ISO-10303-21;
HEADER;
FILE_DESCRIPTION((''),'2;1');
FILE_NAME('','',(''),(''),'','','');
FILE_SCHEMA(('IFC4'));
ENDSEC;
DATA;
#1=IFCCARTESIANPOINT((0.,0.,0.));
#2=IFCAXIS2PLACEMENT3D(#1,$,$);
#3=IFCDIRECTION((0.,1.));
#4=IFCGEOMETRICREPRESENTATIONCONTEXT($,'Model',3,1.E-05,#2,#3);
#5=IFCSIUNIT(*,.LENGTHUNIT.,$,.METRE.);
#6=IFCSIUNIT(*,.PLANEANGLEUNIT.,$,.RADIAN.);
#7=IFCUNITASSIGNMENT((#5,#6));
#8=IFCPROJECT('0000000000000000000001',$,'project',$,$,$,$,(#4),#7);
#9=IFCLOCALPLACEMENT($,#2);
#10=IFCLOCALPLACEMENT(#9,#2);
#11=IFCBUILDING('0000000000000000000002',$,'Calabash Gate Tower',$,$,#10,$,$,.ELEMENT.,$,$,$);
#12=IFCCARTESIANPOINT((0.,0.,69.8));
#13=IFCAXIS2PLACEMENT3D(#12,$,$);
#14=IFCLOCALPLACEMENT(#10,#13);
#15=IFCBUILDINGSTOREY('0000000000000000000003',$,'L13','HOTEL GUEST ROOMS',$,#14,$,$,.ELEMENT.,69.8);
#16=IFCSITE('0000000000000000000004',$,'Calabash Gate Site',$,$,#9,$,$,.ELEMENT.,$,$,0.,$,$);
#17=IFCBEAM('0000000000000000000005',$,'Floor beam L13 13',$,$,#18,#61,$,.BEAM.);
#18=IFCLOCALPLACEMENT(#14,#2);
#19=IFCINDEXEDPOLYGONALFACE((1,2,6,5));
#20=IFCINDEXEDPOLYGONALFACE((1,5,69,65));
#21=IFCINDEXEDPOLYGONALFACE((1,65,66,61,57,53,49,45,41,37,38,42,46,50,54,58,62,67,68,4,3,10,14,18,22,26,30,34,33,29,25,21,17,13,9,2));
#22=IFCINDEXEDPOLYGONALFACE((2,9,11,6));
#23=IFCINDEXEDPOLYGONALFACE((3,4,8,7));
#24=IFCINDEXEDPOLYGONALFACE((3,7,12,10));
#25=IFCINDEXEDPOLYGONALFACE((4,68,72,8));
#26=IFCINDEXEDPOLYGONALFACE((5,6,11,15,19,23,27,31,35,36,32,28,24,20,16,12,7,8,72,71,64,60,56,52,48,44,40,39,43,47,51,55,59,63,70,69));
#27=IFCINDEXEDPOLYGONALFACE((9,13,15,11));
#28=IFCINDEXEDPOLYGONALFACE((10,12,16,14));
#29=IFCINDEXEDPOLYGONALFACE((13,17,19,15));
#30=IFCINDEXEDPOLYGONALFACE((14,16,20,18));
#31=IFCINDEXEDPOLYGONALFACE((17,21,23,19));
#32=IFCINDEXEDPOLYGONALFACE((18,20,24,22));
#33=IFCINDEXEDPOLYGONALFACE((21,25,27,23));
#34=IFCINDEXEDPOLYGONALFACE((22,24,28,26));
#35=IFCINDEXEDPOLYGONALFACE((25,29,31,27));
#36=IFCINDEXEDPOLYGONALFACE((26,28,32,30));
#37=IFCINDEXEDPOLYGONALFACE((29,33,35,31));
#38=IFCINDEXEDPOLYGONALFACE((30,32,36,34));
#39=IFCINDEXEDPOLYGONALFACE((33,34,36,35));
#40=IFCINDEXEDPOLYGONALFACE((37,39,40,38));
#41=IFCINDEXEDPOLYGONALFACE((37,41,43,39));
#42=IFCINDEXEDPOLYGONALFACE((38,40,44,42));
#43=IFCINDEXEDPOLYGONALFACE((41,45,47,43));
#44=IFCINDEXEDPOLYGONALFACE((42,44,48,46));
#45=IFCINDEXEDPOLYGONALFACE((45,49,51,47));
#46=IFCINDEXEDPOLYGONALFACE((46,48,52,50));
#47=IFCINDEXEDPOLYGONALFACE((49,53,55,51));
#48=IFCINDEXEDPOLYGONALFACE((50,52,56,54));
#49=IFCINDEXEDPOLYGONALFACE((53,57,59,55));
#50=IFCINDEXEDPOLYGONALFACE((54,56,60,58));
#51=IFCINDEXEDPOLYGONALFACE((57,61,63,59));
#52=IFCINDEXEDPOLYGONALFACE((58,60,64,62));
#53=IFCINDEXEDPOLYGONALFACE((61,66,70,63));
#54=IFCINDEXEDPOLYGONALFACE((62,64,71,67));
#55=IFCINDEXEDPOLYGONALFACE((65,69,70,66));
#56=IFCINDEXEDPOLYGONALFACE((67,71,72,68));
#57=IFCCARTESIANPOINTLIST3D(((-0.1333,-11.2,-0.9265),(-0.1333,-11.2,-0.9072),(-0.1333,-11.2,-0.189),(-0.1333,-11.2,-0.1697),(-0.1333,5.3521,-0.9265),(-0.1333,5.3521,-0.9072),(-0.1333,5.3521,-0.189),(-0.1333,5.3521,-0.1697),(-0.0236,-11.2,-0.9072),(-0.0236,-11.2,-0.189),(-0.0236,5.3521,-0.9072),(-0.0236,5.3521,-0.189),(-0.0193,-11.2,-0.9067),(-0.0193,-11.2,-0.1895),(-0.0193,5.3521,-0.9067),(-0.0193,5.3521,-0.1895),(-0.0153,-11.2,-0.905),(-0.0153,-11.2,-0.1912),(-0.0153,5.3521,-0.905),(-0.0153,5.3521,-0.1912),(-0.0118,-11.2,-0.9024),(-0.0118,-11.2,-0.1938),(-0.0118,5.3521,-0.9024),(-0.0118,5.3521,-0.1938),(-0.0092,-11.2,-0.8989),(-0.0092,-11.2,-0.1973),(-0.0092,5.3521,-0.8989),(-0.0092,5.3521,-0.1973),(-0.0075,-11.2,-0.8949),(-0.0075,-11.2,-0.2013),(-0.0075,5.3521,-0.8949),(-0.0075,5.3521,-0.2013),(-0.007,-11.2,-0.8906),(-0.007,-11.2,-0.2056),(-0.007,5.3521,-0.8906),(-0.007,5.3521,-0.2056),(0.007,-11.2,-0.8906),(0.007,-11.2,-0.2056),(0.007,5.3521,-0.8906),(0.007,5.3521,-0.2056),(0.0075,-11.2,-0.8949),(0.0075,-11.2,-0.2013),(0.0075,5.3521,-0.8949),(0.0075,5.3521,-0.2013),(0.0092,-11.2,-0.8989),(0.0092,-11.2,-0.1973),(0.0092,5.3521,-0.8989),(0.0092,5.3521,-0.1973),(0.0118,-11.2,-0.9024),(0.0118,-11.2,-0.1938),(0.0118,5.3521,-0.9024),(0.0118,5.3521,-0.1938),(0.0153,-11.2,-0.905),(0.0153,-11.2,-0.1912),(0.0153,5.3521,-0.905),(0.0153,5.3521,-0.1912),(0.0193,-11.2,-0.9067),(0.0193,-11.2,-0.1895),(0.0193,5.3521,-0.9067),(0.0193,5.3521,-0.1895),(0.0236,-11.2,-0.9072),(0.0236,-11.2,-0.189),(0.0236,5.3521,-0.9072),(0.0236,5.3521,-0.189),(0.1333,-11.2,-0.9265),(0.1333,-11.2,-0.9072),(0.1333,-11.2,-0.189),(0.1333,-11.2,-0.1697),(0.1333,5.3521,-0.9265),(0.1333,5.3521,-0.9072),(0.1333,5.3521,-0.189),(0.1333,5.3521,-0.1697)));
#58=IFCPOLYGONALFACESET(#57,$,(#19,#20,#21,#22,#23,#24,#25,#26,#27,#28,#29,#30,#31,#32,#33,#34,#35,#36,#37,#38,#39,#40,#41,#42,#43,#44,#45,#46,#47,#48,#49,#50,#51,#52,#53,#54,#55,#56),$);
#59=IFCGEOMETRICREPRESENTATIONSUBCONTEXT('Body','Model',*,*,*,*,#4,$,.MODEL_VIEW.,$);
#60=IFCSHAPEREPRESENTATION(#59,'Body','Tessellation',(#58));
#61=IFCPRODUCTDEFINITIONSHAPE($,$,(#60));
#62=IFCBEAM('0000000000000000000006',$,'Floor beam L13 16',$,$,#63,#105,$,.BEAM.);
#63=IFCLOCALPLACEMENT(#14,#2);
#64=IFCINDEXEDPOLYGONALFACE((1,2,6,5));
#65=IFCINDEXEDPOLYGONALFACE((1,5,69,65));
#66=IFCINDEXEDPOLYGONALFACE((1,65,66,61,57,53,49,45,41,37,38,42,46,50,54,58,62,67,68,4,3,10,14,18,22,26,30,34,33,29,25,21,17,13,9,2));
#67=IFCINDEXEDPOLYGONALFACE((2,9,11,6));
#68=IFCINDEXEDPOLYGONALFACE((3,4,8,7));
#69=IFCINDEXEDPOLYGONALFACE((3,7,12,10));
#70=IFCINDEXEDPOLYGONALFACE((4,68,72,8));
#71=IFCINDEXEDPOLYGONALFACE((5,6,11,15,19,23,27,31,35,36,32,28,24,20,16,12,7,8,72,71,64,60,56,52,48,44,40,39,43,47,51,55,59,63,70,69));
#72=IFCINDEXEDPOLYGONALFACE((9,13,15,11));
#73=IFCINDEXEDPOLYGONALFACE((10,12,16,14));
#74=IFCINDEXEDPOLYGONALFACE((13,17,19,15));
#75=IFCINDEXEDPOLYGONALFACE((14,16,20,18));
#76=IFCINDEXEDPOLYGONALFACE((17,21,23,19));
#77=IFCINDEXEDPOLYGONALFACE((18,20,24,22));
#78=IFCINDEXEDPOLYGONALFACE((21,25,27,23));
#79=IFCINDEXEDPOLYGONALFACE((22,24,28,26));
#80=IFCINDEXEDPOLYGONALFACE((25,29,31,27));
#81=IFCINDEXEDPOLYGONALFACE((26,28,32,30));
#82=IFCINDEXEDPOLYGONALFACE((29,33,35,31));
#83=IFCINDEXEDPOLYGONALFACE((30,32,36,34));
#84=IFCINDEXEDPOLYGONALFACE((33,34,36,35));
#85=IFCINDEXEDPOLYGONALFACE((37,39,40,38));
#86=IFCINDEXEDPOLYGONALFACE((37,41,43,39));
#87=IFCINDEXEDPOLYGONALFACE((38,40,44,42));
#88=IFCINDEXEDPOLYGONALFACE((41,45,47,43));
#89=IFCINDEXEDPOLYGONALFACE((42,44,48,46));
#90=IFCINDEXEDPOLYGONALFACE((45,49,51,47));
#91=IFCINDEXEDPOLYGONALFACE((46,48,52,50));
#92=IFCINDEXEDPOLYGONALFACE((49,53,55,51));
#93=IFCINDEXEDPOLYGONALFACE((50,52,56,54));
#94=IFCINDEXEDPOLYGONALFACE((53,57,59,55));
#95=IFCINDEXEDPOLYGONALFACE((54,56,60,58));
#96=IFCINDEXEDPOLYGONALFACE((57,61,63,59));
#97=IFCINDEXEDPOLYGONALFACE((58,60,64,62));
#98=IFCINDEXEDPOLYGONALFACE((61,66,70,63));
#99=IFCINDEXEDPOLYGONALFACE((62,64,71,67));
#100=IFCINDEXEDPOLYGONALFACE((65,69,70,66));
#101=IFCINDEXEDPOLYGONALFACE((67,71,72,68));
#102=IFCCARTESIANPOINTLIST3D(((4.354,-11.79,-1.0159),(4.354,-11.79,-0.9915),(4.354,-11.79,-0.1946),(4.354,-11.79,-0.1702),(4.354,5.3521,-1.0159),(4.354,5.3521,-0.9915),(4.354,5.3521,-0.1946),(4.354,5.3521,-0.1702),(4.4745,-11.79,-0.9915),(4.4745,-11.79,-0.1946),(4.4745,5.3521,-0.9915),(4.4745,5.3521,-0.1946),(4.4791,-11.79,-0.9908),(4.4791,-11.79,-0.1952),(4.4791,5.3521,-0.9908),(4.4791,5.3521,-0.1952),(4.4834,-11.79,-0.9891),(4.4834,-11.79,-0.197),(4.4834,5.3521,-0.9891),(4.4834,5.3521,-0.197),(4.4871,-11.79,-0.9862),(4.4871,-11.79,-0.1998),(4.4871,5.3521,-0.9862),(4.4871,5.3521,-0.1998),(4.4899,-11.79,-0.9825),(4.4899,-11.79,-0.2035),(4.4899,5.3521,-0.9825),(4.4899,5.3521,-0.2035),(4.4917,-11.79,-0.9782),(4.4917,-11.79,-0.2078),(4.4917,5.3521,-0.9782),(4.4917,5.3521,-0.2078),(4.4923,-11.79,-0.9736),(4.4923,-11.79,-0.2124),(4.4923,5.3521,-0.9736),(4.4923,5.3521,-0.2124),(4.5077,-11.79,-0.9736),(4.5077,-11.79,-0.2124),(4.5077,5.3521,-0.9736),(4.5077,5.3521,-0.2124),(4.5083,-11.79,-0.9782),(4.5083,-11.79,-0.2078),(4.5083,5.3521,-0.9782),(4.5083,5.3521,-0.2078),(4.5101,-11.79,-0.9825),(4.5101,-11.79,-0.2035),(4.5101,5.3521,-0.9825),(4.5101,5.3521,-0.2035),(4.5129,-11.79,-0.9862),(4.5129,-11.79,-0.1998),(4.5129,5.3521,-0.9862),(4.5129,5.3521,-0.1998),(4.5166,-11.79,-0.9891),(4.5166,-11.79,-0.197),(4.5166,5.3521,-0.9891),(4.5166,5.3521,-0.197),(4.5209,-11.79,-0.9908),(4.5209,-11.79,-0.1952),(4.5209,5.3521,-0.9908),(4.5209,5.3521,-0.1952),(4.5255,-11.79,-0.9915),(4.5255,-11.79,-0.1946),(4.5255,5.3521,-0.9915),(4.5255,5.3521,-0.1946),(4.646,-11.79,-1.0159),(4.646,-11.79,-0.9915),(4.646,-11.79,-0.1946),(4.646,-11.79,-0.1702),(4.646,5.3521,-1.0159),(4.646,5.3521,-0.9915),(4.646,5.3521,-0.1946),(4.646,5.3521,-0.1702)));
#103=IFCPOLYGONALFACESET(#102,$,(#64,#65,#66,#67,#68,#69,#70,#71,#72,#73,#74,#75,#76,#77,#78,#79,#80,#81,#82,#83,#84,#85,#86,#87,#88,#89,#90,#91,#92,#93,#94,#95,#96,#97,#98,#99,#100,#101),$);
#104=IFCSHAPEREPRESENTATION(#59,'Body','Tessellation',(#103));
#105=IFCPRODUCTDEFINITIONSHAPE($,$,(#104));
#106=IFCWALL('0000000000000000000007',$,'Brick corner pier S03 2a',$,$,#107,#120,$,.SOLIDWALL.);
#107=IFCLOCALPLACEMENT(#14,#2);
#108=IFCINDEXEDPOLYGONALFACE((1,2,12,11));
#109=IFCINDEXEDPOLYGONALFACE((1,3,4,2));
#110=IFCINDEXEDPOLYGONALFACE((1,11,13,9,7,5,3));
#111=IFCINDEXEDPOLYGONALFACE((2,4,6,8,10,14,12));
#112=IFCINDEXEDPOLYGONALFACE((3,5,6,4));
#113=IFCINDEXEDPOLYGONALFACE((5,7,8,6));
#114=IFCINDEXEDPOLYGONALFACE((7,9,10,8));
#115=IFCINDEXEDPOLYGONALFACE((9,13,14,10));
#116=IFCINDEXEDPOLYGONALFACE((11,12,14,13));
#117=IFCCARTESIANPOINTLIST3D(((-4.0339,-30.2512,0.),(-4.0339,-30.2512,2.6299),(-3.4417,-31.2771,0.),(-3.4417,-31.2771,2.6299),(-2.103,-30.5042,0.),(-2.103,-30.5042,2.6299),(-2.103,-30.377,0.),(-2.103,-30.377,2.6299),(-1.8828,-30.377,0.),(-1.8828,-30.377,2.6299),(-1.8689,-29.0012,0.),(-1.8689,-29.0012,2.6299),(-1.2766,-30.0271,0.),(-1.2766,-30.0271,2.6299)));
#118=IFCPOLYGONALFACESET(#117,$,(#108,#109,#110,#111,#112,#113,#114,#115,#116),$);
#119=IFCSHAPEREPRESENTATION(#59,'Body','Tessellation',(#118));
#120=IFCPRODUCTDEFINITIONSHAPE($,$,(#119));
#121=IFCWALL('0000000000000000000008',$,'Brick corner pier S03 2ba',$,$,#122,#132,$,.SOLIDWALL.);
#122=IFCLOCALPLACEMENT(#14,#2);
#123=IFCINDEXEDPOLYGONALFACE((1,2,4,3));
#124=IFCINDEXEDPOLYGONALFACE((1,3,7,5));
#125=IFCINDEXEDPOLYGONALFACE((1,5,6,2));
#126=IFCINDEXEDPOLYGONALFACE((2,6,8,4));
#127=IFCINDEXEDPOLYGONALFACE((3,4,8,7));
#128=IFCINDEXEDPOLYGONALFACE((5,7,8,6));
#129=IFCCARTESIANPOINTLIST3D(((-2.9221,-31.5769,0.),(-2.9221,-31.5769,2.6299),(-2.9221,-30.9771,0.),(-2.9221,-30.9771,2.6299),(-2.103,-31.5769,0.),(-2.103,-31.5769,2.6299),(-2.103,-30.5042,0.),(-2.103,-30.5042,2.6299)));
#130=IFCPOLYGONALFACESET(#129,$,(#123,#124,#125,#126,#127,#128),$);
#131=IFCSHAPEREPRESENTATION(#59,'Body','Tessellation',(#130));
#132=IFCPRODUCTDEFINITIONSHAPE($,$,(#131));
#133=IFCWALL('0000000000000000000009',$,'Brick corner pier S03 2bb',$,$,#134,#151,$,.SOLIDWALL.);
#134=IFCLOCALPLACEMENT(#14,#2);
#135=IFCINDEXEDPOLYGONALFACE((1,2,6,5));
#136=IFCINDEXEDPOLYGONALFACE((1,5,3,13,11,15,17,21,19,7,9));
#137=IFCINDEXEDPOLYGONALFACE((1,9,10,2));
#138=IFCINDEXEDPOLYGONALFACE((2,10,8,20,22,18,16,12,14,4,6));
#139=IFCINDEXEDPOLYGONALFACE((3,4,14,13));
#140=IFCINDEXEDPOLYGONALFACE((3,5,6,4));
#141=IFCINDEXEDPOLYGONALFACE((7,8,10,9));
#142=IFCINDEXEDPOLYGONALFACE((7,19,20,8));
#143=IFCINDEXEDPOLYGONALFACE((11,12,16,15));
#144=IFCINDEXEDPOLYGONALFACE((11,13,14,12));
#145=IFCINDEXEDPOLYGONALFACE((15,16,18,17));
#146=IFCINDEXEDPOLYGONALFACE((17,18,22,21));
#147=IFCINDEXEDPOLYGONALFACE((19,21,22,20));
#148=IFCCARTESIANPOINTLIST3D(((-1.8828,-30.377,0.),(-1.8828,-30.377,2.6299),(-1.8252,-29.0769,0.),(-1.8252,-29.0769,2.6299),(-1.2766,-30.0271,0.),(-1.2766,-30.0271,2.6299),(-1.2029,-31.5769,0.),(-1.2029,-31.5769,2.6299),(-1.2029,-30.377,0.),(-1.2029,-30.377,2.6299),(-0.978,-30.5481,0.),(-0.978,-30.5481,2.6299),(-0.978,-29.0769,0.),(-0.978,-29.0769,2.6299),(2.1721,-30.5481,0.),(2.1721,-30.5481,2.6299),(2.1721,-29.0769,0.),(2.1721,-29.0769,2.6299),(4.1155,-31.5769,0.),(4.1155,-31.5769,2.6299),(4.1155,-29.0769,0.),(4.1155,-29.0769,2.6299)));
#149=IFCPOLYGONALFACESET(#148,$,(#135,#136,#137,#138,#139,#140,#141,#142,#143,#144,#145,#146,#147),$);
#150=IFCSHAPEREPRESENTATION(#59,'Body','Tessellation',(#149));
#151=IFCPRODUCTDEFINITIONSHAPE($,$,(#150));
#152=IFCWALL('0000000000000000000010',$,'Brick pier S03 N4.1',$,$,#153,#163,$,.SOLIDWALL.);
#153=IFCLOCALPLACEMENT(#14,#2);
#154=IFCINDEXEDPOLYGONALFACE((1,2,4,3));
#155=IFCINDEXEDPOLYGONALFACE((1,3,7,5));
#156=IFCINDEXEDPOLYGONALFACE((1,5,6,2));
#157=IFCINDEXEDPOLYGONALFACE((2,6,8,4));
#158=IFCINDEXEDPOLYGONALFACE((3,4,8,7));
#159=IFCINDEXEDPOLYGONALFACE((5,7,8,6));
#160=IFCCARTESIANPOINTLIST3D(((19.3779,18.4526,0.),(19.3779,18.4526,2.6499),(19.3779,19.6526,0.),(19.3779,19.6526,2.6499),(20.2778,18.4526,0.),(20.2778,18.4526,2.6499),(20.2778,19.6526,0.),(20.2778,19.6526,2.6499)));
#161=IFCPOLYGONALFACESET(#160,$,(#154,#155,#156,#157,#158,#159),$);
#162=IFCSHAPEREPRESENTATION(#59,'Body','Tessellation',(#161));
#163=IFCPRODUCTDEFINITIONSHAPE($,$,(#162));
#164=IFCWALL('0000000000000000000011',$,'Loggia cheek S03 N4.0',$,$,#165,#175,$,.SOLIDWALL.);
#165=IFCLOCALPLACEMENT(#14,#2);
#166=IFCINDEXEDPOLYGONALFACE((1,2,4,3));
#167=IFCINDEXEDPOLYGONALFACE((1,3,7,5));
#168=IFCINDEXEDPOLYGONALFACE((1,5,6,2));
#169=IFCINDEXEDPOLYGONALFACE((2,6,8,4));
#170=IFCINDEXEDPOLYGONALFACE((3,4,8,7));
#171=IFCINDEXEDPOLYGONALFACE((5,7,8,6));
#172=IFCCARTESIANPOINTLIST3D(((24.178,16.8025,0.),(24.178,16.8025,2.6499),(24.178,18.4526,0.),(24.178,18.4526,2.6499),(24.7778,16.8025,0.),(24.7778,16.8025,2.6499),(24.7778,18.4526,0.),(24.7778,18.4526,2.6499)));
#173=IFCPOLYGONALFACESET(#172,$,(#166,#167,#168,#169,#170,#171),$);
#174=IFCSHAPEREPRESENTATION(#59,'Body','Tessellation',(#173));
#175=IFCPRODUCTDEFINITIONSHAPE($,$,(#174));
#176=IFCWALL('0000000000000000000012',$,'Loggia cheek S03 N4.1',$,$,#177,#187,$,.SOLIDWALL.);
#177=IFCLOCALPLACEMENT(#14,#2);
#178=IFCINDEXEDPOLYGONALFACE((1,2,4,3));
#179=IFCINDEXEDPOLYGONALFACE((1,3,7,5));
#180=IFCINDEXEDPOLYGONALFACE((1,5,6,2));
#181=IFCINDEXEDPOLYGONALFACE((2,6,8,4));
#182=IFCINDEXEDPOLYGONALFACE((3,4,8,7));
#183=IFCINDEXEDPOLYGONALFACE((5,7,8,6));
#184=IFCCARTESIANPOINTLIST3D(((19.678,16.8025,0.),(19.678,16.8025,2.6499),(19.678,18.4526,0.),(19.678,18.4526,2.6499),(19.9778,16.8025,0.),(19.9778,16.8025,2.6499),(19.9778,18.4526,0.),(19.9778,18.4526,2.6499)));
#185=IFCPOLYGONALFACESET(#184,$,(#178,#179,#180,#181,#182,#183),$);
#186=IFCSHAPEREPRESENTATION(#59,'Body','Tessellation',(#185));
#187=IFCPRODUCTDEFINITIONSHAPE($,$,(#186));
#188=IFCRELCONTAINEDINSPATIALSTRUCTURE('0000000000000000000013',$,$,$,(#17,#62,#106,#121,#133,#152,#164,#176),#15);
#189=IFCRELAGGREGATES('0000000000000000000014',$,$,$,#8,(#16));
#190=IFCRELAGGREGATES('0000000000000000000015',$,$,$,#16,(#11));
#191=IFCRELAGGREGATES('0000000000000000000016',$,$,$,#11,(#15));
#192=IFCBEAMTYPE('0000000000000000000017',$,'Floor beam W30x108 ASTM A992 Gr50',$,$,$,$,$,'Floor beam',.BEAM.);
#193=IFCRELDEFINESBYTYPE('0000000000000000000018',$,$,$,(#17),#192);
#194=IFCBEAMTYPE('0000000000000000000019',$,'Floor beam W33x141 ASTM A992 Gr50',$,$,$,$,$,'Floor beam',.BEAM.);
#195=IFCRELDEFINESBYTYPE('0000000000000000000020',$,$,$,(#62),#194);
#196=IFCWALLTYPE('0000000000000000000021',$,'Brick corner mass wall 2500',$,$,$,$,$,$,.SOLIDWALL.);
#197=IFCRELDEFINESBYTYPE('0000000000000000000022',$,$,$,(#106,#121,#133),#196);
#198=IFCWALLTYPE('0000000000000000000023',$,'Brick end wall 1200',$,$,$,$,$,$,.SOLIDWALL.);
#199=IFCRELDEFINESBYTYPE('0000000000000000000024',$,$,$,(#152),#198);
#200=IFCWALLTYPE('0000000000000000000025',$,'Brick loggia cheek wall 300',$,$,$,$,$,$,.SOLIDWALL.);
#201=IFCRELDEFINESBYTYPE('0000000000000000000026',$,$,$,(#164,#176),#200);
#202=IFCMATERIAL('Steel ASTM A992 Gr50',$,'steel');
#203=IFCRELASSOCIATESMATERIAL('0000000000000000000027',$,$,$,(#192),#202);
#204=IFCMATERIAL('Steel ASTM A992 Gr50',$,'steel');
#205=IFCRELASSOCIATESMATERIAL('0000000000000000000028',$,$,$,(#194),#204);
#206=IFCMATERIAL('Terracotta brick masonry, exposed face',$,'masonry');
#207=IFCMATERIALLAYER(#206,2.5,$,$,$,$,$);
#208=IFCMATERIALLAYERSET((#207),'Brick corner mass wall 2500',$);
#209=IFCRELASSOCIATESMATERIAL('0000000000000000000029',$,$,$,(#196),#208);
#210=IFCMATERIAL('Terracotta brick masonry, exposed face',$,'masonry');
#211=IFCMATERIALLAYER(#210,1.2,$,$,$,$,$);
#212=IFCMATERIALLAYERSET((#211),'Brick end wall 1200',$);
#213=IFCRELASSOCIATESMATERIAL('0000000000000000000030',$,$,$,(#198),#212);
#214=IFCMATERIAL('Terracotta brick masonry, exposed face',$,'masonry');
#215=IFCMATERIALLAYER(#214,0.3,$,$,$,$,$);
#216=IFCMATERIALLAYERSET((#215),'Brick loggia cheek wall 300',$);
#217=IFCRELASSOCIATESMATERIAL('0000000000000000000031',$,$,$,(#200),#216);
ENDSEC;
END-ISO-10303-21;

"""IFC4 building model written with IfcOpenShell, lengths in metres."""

from ifc_helpers import new_model, si_unit, direction, frame, origin, origin_2d, place, context, subcontext, project, spatial, polyline, i_section, outline, extrude, material, layer, layer_set, material_profile, profile_set, type_object, element, save


model = new_model("IFC4")

# Units and contexts
model_context = context("Model", 3, precision=1e-05, world=origin(), true_north=direction((0.0, 1.0)))
body_context = subcontext(model_context, "Body", "Model", "MODEL_VIEW")
ifc_project = project(units=[si_unit("LENGTHUNIT", "METRE"), si_unit("PLANEANGLEUNIT", "RADIAN")], contexts=[model_context])

# Site, building, storey
site_placement = place(None, origin())
site = spatial("IfcSite", under=ifc_project, at=site_placement, Name="Calabash Gate Site", CompositionType="ELEMENT", RefElevation=0.0)
building_placement = place(site_placement, origin())
building = spatial("IfcBuilding", under=site, at=building_placement, Name="Calabash Gate Tower", CompositionType="ELEMENT")
storey_placement = place(building_placement, frame((0.0, 0.0, 69.8)))
storey = spatial("IfcBuildingStorey", under=building, at=storey_placement, Name="L13", Description="HOTEL GUEST ROOMS", CompositionType="ELEMENT", Elevation=69.8)

# Beams
ifc_material_1 = material(Name="Steel ASTM A992 Gr50", Category="steel")
ifc_material_profile_1 = material_profile(ifc_material_1, i_section(OverallWidth=0.2666, OverallDepth=0.7568, WebThickness=0.0139, FlangeThickness=0.0193, FilletRadius=0.0166, at=origin_2d()))
ifc_profile_set_1 = profile_set([ifc_material_profile_1], Name="Steel ASTM A992 Gr50")
beam_type_1 = type_object("IfcBeamType", Name="Floor beam W30x108 ASTM A992 Gr50", ElementType="Floor beam", PredefinedType="BEAM", material=ifc_profile_set_1)
beam_1_placement = place(storey_placement, frame((0.0, -11.2, -0.5481), z_axis=(0.0, 1.0, 0.0), x_axis=(-1.0, 0.0, 0.0)))
element("IfcBeam", 1, at=beam_1_placement, inside=storey, type_object=beam_type_1, Name="Floor beam L13 13", PredefinedType="BEAM", context=body_context, shape_type="SweptSolid", body=[
    extrude(i_section(OverallWidth=0.2666, OverallDepth=0.7568, WebThickness=0.0139, FlangeThickness=0.0193, FilletRadius=0.0166, at=origin_2d()), origin(), (0.0, 0.0, 1.0), 16.552),
])
ifc_material_2 = material(Name="Steel ASTM A992 Gr50", Category="steel")
ifc_material_profile_2 = material_profile(ifc_material_2, i_section(OverallWidth=0.292, OverallDepth=0.8457, WebThickness=0.0154, FlangeThickness=0.0244, FilletRadius=0.0178, at=origin_2d()))
ifc_profile_set_2 = profile_set([ifc_material_profile_2], Name="Steel ASTM A992 Gr50")
beam_type_2 = type_object("IfcBeamType", Name="Floor beam W33x141 ASTM A992 Gr50", ElementType="Floor beam", PredefinedType="BEAM", material=ifc_profile_set_2)
beam_2_placement = place(storey_placement, frame((4.5, -11.79, -0.593), z_axis=(0.0, 1.0, 0.0), x_axis=(-1.0, 0.0, 0.0)))
element("IfcBeam", 2, at=beam_2_placement, inside=storey, type_object=beam_type_2, Name="Floor beam L13 16", PredefinedType="BEAM", context=body_context, shape_type="SweptSolid", body=[
    extrude(i_section(OverallWidth=0.292, OverallDepth=0.8457, WebThickness=0.0154, FlangeThickness=0.0244, FilletRadius=0.0178, at=origin_2d()), origin(), (0.0, 0.0, 1.0), 17.1421),
])

# Walls
ifc_material_3 = material(Name="Terracotta brick masonry, exposed face", Category="masonry")
ifc_layer_1 = layer(ifc_material_3, 2.5)
ifc_layer_set_1 = layer_set([ifc_layer_1], Name="Brick corner mass wall 2500")
wall_type_1 = type_object("IfcWallType", Name="Brick corner mass wall 2500", PredefinedType="SOLIDWALL", material=ifc_layer_set_1)
wall_1_placement = place(storey_placement, origin())
element("IfcWall", 3, at=wall_1_placement, inside=storey, type_object=wall_type_1, Name="Brick corner pier S03 2a", PredefinedType="SOLIDWALL", context=body_context, shape_type="SweptSolid", body=[
    extrude(outline(polyline([(-1.2766, -30.0271), (-1.8689, -29.0012), (-4.0339, -30.2512), (-3.4417, -31.2771), (-2.103, -30.5042), (-2.103, -30.377), (-1.8828, -30.377), (-1.2766, -30.0271)])), origin(), (0.0, 0.0, 1.0), 2.6299),
])
wall_2_placement = place(storey_placement, origin())
element("IfcWall", 4, at=wall_2_placement, inside=storey, type_object=wall_type_1, Name="Brick corner pier S03 2ba", PredefinedType="SOLIDWALL", context=body_context, shape_type="SweptSolid", body=[
    extrude(outline(polyline([(-2.9221, -30.9771), (-2.9221, -31.5769), (-2.103, -31.5769), (-2.103, -30.5042), (-2.9221, -30.9771)])), origin(), (0.0, 0.0, 1.0), 2.6299),
])
wall_3_placement = place(storey_placement, origin())
element("IfcWall", 5, at=wall_3_placement, inside=storey, type_object=wall_type_1, Name="Brick corner pier S03 2bb", PredefinedType="SOLIDWALL", context=body_context, shape_type="SweptSolid", body=[
    extrude(outline(polyline([(-1.2029, -30.377), (-1.2029, -31.5769), (4.1155, -31.5769), (4.1155, -29.0769), (2.1721, -29.0769), (2.1721, -30.5481), (-0.978, -30.5481), (-0.978, -29.0769), (-1.8252, -29.0769), (-1.2766, -30.0271), (-1.8828, -30.377), (-1.2029, -30.377)])), origin(), (0.0, 0.0, 1.0), 2.6299),
])
ifc_material_4 = material(Name="Terracotta brick masonry, exposed face", Category="masonry")
ifc_layer_2 = layer(ifc_material_4, 1.2)
ifc_layer_set_2 = layer_set([ifc_layer_2], Name="Brick end wall 1200")
wall_type_2 = type_object("IfcWallType", Name="Brick end wall 1200", PredefinedType="SOLIDWALL", material=ifc_layer_set_2)
wall_4_placement = place(storey_placement, origin())
element("IfcWall", 6, at=wall_4_placement, inside=storey, type_object=wall_type_2, Name="Brick pier S03 N4.1", PredefinedType="SOLIDWALL", context=body_context, shape_type="SweptSolid", body=[
    extrude(outline(polyline([(20.2778, 19.6526), (19.3779, 19.6526), (19.3779, 18.4526), (20.2778, 18.4526), (20.2778, 19.6526)])), origin(), (0.0, 0.0, 1.0), 2.6499),
])
ifc_material_5 = material(Name="Terracotta brick masonry, exposed face", Category="masonry")
ifc_layer_3 = layer(ifc_material_5, 0.3)
ifc_layer_set_3 = layer_set([ifc_layer_3], Name="Brick loggia cheek wall 300")
wall_type_3 = type_object("IfcWallType", Name="Brick loggia cheek wall 300", PredefinedType="SOLIDWALL", material=ifc_layer_set_3)
wall_5_placement = place(storey_placement, origin())
element("IfcWall", 7, at=wall_5_placement, inside=storey, type_object=wall_type_3, Name="Loggia cheek S03 N4.0", PredefinedType="SOLIDWALL", context=body_context, shape_type="SweptSolid", body=[
    extrude(outline(polyline([(24.7778, 16.8025), (24.7778, 18.4526), (24.178, 18.4526), (24.178, 16.8025), (24.7778, 16.8025)])), origin(), (0.0, 0.0, 1.0), 2.6499),
])
wall_6_placement = place(storey_placement, origin())
element("IfcWall", 8, at=wall_6_placement, inside=storey, type_object=wall_type_3, Name="Loggia cheek S03 N4.1", PredefinedType="SOLIDWALL", context=body_context, shape_type="SweptSolid", body=[
    extrude(outline(polyline([(19.678, 18.4526), (19.678, 16.8025), (19.9778, 16.8025), (19.9778, 18.4526), (19.678, 18.4526)])), origin(), (0.0, 0.0, 1.0), 2.6499),
])

save(model, "model.ifc")
